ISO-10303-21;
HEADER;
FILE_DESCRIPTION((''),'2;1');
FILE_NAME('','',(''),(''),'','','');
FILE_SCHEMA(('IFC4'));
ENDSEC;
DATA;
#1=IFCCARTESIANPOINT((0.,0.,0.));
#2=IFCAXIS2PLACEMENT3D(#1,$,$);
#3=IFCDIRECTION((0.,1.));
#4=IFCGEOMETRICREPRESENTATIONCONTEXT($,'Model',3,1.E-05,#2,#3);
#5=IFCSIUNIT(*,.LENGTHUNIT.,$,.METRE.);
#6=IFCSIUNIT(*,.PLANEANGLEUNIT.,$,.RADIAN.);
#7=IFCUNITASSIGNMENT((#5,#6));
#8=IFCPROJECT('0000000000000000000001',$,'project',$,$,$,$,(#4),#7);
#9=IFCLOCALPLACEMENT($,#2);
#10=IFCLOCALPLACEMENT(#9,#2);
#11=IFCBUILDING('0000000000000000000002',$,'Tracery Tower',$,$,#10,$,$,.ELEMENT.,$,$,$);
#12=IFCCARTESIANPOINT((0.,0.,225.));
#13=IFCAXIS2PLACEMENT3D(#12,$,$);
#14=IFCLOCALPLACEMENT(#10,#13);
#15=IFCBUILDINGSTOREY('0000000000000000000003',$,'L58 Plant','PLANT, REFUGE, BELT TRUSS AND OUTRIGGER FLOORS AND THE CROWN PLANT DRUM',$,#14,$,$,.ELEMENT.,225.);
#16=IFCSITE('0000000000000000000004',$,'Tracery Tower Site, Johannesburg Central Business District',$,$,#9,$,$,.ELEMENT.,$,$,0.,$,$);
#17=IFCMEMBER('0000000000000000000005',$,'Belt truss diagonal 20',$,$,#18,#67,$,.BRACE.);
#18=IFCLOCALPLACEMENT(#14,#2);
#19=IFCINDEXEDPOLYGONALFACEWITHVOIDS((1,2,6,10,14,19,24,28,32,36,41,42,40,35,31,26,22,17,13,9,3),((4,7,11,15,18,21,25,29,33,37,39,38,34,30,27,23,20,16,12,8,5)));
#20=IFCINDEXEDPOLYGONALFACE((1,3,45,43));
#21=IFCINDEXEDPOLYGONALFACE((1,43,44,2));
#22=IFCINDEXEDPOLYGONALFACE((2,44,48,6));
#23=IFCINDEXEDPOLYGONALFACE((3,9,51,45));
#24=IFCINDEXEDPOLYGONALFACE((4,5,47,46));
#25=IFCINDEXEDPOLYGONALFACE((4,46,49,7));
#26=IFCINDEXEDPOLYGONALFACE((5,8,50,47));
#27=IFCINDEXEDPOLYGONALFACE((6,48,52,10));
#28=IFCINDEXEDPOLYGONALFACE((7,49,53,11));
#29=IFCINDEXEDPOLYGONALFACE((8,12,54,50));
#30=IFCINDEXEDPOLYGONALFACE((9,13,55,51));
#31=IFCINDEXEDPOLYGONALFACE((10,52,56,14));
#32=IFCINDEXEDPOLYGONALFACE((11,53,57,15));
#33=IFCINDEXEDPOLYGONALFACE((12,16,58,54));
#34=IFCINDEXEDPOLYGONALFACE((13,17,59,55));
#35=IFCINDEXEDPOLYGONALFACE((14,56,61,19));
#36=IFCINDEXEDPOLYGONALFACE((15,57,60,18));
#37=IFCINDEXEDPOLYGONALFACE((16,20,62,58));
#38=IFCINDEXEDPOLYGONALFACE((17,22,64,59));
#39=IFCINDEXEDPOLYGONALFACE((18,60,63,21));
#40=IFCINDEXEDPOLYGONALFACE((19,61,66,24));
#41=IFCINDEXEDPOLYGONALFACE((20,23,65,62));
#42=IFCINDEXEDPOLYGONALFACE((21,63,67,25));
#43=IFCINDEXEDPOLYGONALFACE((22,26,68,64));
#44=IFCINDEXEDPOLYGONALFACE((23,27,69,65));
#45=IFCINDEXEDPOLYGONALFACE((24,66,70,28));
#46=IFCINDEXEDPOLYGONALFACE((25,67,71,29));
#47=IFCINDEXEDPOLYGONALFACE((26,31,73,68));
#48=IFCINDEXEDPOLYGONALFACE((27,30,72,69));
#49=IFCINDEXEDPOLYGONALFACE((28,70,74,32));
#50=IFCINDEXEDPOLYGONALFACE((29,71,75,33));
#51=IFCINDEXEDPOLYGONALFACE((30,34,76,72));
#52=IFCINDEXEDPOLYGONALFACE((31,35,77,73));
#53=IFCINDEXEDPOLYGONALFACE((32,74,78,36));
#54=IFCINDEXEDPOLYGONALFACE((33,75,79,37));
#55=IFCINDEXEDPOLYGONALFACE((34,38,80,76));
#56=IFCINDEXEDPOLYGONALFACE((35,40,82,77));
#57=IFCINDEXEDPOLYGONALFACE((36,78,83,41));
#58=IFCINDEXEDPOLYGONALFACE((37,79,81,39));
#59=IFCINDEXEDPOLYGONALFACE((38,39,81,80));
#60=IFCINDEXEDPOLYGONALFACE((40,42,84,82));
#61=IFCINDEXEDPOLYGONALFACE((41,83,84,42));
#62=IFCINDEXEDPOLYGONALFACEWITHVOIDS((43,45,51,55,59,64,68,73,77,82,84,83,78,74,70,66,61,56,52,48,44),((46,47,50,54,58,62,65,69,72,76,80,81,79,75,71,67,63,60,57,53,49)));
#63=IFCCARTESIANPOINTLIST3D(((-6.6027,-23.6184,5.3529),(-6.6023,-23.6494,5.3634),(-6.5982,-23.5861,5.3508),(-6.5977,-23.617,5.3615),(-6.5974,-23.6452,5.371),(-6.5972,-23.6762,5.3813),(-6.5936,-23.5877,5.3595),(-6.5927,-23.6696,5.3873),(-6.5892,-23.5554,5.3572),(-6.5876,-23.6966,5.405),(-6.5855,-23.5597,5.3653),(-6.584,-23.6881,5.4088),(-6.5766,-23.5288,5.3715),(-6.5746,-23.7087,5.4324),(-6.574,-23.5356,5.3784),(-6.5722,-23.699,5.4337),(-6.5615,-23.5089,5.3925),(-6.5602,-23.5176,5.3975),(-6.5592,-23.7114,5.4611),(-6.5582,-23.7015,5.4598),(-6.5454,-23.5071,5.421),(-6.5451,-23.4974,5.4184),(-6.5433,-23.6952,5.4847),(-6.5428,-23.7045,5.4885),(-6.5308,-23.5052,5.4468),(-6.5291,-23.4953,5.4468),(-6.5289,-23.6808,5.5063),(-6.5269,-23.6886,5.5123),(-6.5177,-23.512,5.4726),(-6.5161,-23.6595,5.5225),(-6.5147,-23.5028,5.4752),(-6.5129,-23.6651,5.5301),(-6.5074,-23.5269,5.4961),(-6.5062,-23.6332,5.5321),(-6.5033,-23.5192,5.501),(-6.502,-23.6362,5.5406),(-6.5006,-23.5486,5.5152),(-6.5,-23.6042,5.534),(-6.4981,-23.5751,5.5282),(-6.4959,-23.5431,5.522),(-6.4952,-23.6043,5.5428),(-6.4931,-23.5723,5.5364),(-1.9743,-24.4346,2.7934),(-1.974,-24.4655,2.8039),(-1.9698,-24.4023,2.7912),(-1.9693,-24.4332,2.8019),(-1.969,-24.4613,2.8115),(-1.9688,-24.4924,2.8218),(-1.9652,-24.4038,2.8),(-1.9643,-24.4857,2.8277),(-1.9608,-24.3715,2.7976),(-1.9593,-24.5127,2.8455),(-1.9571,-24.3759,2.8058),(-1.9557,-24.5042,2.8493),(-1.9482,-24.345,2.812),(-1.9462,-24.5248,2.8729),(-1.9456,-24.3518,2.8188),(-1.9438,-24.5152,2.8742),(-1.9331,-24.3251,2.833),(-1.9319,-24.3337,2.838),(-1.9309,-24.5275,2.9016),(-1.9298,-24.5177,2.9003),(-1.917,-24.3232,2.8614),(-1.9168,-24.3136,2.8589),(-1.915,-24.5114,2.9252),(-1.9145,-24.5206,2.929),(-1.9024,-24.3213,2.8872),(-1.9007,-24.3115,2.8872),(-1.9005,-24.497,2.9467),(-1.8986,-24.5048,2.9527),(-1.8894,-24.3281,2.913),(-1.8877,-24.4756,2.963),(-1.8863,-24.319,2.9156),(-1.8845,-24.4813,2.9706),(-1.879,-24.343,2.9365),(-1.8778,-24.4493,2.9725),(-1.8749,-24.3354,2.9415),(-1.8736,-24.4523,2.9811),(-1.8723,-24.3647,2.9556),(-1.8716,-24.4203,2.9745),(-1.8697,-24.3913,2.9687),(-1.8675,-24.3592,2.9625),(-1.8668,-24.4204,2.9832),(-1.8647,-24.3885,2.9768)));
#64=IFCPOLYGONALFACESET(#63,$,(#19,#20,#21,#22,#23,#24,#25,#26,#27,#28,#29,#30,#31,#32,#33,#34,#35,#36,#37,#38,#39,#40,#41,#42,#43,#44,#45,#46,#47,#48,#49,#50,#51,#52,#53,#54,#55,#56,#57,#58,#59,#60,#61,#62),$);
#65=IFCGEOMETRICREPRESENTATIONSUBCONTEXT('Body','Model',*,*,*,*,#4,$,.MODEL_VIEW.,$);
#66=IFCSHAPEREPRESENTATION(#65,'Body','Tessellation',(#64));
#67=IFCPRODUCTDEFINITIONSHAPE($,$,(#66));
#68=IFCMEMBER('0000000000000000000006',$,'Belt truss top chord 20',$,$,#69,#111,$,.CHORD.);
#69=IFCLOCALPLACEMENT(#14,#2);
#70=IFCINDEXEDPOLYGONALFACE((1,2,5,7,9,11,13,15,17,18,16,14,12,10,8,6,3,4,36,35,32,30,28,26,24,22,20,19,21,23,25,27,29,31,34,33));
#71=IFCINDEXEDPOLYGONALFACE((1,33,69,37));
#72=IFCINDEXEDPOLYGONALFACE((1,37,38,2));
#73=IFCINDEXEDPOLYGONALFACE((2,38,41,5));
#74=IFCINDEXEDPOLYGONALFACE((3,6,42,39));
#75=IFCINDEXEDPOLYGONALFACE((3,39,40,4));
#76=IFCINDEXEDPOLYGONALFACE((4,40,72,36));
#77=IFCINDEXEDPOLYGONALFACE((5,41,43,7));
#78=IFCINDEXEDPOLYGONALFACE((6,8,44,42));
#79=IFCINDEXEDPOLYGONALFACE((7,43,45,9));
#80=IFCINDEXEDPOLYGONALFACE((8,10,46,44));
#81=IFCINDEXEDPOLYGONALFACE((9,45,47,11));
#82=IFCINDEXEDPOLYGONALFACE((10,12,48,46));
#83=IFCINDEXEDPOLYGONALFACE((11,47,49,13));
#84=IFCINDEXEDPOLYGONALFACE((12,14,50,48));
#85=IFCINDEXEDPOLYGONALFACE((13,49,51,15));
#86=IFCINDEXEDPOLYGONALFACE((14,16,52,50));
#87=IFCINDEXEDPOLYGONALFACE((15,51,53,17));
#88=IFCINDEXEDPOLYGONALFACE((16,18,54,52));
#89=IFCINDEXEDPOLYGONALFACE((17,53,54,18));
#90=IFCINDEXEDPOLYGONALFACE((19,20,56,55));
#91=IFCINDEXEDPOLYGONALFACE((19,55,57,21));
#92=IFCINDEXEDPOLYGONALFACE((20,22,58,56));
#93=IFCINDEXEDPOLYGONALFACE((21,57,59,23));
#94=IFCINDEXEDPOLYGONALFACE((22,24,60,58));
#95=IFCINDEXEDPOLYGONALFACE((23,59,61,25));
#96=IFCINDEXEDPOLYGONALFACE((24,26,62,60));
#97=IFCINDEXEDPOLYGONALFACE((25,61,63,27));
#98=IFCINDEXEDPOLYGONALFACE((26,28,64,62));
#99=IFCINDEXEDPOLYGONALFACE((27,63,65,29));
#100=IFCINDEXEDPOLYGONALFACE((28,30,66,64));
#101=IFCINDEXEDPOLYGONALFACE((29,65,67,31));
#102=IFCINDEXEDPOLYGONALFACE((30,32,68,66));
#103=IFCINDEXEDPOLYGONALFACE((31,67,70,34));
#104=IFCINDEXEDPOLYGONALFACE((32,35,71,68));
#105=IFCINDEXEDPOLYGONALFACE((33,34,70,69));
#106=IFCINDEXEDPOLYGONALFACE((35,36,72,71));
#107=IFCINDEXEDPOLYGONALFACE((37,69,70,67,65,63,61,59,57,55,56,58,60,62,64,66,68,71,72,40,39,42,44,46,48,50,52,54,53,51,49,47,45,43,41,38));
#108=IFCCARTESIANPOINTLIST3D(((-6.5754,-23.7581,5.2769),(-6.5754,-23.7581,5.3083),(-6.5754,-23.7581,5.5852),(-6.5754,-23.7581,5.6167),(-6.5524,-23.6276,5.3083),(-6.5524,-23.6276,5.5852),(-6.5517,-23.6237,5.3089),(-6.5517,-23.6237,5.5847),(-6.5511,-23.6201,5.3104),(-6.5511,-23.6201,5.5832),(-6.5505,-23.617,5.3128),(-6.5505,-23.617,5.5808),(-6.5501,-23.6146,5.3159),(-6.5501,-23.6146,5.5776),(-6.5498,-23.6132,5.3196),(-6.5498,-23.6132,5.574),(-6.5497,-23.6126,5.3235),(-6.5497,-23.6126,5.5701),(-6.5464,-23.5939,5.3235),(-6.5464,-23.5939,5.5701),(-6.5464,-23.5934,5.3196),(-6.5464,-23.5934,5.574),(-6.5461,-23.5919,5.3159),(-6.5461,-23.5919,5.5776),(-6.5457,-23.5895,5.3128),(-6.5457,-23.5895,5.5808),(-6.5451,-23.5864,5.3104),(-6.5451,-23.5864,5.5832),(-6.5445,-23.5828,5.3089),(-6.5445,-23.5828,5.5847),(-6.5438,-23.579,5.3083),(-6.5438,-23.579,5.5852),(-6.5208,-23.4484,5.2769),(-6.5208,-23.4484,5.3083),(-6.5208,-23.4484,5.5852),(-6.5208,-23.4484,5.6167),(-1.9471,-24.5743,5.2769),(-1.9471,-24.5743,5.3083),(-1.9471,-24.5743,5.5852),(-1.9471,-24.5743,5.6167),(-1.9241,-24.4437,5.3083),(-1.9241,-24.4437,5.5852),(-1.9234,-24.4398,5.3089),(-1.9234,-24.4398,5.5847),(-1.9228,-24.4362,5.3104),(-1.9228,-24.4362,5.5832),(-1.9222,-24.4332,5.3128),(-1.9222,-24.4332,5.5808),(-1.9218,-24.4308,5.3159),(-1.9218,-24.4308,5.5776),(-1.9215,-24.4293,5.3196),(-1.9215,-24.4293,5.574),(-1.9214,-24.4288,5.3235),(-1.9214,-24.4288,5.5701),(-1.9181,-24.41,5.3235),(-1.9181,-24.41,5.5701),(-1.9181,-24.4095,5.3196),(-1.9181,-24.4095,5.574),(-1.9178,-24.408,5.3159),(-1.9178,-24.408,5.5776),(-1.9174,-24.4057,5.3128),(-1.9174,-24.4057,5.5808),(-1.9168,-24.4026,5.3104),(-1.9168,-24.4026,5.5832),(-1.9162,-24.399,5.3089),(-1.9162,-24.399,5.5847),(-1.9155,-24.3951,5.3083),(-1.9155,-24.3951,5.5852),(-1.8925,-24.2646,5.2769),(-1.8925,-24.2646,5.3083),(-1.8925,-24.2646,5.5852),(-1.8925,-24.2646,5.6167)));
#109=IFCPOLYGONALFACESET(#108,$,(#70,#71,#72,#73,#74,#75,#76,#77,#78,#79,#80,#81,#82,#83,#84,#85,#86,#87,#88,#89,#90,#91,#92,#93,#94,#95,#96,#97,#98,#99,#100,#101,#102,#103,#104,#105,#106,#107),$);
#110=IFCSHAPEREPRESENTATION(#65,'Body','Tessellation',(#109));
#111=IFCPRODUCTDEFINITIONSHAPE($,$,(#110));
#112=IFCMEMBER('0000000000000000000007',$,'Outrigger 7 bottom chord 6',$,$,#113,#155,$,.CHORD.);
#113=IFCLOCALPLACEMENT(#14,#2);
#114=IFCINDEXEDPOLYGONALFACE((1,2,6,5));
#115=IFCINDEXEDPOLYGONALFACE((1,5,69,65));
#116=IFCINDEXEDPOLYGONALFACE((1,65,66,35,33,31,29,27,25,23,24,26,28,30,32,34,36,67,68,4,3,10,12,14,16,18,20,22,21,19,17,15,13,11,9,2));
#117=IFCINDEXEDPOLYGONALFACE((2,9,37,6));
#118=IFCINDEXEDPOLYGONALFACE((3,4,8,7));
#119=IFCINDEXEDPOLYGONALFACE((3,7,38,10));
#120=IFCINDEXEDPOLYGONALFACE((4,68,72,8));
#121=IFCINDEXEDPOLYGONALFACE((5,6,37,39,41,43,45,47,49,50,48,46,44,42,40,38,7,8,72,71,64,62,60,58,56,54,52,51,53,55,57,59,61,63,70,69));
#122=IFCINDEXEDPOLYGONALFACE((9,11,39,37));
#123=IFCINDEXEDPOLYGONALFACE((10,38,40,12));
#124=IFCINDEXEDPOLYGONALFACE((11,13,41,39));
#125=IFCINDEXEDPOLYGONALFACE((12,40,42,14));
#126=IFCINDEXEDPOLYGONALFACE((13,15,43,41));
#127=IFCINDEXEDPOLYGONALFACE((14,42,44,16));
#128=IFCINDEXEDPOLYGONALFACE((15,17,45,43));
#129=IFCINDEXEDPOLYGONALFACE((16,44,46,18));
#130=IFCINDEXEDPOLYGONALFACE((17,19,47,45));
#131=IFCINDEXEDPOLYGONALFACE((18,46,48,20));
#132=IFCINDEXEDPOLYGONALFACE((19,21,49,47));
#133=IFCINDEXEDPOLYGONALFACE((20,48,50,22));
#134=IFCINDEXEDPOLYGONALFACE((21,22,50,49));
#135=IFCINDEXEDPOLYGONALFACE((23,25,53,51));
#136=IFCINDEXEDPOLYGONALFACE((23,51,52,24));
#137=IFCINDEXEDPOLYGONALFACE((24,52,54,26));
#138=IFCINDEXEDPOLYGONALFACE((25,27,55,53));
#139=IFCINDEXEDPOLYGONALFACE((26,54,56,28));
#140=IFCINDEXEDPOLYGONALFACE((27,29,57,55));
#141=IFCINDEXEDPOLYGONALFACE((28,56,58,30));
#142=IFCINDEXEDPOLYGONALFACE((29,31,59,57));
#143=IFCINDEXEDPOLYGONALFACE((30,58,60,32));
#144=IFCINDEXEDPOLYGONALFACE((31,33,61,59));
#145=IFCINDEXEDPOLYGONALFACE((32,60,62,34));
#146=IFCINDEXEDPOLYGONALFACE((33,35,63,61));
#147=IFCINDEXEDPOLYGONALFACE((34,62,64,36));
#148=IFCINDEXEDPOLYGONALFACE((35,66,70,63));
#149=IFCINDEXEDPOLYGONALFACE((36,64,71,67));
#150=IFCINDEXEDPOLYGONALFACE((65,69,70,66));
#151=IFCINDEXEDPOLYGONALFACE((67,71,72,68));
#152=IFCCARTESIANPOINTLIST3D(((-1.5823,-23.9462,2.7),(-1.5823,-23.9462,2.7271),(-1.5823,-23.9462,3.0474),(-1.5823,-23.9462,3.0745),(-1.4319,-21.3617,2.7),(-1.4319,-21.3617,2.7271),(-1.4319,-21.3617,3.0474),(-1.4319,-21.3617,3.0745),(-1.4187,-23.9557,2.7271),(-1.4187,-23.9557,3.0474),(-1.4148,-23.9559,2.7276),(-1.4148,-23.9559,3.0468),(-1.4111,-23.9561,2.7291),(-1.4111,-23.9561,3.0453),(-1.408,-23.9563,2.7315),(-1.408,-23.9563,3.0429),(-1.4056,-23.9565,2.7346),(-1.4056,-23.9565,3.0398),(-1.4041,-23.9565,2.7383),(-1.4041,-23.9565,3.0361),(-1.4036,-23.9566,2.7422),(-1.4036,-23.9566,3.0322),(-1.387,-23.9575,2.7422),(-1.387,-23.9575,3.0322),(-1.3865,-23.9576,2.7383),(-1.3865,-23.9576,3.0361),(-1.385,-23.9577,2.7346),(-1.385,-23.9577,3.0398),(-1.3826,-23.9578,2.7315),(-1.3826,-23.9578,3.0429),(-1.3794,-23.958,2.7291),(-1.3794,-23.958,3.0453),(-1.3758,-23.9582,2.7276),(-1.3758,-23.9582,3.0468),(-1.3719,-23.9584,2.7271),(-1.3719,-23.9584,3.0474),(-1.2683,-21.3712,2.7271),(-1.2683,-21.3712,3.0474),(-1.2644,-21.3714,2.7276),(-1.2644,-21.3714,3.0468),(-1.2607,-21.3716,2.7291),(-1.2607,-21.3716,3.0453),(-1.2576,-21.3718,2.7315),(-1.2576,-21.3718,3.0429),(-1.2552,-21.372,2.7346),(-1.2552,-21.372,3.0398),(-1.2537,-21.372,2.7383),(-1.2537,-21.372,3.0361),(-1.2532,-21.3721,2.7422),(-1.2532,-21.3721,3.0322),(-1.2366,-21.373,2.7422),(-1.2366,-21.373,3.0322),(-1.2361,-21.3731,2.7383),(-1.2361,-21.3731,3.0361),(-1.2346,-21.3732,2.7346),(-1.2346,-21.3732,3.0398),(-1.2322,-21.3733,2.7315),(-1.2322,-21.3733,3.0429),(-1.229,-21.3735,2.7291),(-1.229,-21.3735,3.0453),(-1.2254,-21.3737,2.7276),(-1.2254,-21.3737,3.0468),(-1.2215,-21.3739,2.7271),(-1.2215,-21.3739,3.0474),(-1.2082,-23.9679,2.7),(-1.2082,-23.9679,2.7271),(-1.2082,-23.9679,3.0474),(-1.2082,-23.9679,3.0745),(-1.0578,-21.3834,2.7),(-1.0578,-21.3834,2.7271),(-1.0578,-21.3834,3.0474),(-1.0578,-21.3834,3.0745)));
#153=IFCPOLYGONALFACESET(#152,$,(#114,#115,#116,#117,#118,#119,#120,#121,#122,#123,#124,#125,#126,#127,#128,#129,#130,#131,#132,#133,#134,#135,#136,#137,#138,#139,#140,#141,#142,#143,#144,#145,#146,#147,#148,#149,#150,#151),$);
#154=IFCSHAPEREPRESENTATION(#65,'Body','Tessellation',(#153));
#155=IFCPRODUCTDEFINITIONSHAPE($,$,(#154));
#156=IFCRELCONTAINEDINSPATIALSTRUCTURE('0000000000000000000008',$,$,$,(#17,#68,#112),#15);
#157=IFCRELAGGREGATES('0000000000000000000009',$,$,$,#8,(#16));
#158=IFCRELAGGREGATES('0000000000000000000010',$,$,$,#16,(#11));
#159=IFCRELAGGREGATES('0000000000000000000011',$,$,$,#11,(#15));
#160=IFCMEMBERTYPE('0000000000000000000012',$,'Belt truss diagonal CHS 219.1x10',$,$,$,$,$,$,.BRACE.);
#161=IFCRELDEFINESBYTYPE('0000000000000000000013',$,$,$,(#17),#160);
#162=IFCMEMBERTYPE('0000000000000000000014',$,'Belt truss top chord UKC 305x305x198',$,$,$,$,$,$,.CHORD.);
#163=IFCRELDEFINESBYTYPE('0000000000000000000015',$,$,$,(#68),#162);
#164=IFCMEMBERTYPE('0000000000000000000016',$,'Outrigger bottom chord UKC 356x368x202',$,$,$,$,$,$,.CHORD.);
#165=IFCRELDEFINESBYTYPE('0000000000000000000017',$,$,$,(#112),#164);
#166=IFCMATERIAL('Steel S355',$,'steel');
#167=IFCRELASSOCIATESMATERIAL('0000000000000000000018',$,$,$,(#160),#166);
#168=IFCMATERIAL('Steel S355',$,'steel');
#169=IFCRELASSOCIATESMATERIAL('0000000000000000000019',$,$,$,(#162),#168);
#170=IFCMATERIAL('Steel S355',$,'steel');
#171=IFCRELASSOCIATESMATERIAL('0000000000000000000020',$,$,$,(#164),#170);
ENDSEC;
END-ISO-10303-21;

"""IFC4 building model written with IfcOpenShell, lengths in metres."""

from ifc_helpers import new_model, si_unit, direction, frame, origin, origin_2d, place, context, subcontext, project, spatial, hollow_circle, i_section, extrude, material, material_profile, profile_set, type_object, element, save


model = new_model("IFC4")

# Units and contexts
model_context = context("Model", 3, precision=1e-05, world=origin(), true_north=direction((0.0, 1.0)))
body_context = subcontext(model_context, "Body", "Model", "MODEL_VIEW")
ifc_project = project(units=[si_unit("LENGTHUNIT", "METRE"), si_unit("PLANEANGLEUNIT", "RADIAN")], contexts=[model_context])

# Site, building, storey
site_placement = place(None, origin())
site = spatial("IfcSite", under=ifc_project, at=site_placement, Name="Tracery Tower Site, Johannesburg Central Business District", CompositionType="ELEMENT", RefElevation=0.0)
building_placement = place(site_placement, origin())
building = spatial("IfcBuilding", under=site, at=building_placement, Name="Tracery Tower", CompositionType="ELEMENT")
storey_placement = place(building_placement, frame((0.0, 0.0, 225.0)))
storey = spatial("IfcBuildingStorey", under=building, at=storey_placement, Name="L58 Plant", Description="PLANT, REFUGE, BELT TRUSS AND OUTRIGGER FLOORS AND THE CROWN PLANT DRUM", CompositionType="ELEMENT", Elevation=225.0)

# Members
ifc_material_1 = material(Name="Steel S355", Category="steel")
ifc_material_profile_1 = material_profile(ifc_material_1, hollow_circle(Radius=0.1096, WallThickness=0.01, at=origin_2d()), Name="CHS 219.1x10")
ifc_profile_set_1 = profile_set([ifc_material_profile_1], Name="Steel S355")
member_type_1 = type_object("IfcMemberType", Name="Belt truss diagonal CHS 219.1x10", PredefinedType="BRACE", material=ifc_profile_set_1)
member_1_placement = place(storey_placement, frame((-6.5481, -23.6033, 5.4468), z_axis=(0.864864, -0.152508, -0.47828), x_axis=(0.173658, 0.984806, 0.0)))
element("IfcMember", 1, at=member_1_placement, inside=storey, type_object=member_type_1, Name="Belt truss diagonal 20", PredefinedType="BRACE", context=body_context, shape_type="SweptSolid", body=[
    extrude(hollow_circle(Radius=0.1096, WallThickness=0.01, at=origin_2d()), origin(), (0.0, 0.0, 1.0), 5.3516),
])
ifc_material_2 = material(Name="Steel S355", Category="steel")
ifc_material_profile_2 = material_profile(ifc_material_2, i_section(OverallWidth=0.3145, OverallDepth=0.3398, WebThickness=0.019, FlangeThickness=0.0315, FilletRadius=0.0151, at=origin_2d()), Name="UKC 305x305x198")
ifc_profile_set_2 = profile_set([ifc_material_profile_2], Name="Steel S355")
member_type_2 = type_object("IfcMemberType", Name="Belt truss top chord UKC 305x305x198", PredefinedType="CHORD", material=ifc_profile_set_2)
member_2_placement = place(storey_placement, frame((-6.5481, -23.6033, 5.4468), z_axis=(0.984806, -0.173658, 0.0), x_axis=(0.173658, 0.984806, 0.0)))
element("IfcMember", 2, at=member_2_placement, inside=storey, type_object=member_type_2, Name="Belt truss top chord 20", PredefinedType="CHORD", context=body_context, shape_type="SweptSolid", body=[
    extrude(i_section(OverallWidth=0.3145, OverallDepth=0.3398, WebThickness=0.019, FlangeThickness=0.0315, FilletRadius=0.0151, at=origin_2d()), origin(), (0.0, 0.0, 1.0), 4.6997),
])
ifc_material_3 = material(Name="Steel S355", Category="steel")
ifc_material_profile_3 = material_profile(ifc_material_3, i_section(OverallWidth=0.3748, OverallDepth=0.3745, WebThickness=0.0166, FlangeThickness=0.0271, FilletRadius=0.0151, at=origin_2d()), Name="UKC 356x368x202")
ifc_profile_set_3 = profile_set([ifc_material_profile_3], Name="Steel S355")
member_type_3 = type_object("IfcMemberType", Name="Outrigger bottom chord UKC 356x368x202", PredefinedType="CHORD", material=ifc_profile_set_3)
member_3_placement = place(storey_placement, frame((-1.2449, -21.3726, 2.8872), z_axis=(-0.058092, -0.998311, 0.0), x_axis=(0.998311, -0.058092, 0.0)))
element("IfcMember", 3, at=member_3_placement, inside=storey, type_object=member_type_3, Name="Outrigger 7 bottom chord 6", PredefinedType="CHORD", context=body_context, shape_type="SweptSolid", body=[
    extrude(i_section(OverallWidth=0.3748, OverallDepth=0.3745, WebThickness=0.0166, FlangeThickness=0.0271, FilletRadius=0.0151, at=origin_2d()), origin(), (0.0, 0.0, 1.0), 2.5889),
])

save(model, "model.ifc")
